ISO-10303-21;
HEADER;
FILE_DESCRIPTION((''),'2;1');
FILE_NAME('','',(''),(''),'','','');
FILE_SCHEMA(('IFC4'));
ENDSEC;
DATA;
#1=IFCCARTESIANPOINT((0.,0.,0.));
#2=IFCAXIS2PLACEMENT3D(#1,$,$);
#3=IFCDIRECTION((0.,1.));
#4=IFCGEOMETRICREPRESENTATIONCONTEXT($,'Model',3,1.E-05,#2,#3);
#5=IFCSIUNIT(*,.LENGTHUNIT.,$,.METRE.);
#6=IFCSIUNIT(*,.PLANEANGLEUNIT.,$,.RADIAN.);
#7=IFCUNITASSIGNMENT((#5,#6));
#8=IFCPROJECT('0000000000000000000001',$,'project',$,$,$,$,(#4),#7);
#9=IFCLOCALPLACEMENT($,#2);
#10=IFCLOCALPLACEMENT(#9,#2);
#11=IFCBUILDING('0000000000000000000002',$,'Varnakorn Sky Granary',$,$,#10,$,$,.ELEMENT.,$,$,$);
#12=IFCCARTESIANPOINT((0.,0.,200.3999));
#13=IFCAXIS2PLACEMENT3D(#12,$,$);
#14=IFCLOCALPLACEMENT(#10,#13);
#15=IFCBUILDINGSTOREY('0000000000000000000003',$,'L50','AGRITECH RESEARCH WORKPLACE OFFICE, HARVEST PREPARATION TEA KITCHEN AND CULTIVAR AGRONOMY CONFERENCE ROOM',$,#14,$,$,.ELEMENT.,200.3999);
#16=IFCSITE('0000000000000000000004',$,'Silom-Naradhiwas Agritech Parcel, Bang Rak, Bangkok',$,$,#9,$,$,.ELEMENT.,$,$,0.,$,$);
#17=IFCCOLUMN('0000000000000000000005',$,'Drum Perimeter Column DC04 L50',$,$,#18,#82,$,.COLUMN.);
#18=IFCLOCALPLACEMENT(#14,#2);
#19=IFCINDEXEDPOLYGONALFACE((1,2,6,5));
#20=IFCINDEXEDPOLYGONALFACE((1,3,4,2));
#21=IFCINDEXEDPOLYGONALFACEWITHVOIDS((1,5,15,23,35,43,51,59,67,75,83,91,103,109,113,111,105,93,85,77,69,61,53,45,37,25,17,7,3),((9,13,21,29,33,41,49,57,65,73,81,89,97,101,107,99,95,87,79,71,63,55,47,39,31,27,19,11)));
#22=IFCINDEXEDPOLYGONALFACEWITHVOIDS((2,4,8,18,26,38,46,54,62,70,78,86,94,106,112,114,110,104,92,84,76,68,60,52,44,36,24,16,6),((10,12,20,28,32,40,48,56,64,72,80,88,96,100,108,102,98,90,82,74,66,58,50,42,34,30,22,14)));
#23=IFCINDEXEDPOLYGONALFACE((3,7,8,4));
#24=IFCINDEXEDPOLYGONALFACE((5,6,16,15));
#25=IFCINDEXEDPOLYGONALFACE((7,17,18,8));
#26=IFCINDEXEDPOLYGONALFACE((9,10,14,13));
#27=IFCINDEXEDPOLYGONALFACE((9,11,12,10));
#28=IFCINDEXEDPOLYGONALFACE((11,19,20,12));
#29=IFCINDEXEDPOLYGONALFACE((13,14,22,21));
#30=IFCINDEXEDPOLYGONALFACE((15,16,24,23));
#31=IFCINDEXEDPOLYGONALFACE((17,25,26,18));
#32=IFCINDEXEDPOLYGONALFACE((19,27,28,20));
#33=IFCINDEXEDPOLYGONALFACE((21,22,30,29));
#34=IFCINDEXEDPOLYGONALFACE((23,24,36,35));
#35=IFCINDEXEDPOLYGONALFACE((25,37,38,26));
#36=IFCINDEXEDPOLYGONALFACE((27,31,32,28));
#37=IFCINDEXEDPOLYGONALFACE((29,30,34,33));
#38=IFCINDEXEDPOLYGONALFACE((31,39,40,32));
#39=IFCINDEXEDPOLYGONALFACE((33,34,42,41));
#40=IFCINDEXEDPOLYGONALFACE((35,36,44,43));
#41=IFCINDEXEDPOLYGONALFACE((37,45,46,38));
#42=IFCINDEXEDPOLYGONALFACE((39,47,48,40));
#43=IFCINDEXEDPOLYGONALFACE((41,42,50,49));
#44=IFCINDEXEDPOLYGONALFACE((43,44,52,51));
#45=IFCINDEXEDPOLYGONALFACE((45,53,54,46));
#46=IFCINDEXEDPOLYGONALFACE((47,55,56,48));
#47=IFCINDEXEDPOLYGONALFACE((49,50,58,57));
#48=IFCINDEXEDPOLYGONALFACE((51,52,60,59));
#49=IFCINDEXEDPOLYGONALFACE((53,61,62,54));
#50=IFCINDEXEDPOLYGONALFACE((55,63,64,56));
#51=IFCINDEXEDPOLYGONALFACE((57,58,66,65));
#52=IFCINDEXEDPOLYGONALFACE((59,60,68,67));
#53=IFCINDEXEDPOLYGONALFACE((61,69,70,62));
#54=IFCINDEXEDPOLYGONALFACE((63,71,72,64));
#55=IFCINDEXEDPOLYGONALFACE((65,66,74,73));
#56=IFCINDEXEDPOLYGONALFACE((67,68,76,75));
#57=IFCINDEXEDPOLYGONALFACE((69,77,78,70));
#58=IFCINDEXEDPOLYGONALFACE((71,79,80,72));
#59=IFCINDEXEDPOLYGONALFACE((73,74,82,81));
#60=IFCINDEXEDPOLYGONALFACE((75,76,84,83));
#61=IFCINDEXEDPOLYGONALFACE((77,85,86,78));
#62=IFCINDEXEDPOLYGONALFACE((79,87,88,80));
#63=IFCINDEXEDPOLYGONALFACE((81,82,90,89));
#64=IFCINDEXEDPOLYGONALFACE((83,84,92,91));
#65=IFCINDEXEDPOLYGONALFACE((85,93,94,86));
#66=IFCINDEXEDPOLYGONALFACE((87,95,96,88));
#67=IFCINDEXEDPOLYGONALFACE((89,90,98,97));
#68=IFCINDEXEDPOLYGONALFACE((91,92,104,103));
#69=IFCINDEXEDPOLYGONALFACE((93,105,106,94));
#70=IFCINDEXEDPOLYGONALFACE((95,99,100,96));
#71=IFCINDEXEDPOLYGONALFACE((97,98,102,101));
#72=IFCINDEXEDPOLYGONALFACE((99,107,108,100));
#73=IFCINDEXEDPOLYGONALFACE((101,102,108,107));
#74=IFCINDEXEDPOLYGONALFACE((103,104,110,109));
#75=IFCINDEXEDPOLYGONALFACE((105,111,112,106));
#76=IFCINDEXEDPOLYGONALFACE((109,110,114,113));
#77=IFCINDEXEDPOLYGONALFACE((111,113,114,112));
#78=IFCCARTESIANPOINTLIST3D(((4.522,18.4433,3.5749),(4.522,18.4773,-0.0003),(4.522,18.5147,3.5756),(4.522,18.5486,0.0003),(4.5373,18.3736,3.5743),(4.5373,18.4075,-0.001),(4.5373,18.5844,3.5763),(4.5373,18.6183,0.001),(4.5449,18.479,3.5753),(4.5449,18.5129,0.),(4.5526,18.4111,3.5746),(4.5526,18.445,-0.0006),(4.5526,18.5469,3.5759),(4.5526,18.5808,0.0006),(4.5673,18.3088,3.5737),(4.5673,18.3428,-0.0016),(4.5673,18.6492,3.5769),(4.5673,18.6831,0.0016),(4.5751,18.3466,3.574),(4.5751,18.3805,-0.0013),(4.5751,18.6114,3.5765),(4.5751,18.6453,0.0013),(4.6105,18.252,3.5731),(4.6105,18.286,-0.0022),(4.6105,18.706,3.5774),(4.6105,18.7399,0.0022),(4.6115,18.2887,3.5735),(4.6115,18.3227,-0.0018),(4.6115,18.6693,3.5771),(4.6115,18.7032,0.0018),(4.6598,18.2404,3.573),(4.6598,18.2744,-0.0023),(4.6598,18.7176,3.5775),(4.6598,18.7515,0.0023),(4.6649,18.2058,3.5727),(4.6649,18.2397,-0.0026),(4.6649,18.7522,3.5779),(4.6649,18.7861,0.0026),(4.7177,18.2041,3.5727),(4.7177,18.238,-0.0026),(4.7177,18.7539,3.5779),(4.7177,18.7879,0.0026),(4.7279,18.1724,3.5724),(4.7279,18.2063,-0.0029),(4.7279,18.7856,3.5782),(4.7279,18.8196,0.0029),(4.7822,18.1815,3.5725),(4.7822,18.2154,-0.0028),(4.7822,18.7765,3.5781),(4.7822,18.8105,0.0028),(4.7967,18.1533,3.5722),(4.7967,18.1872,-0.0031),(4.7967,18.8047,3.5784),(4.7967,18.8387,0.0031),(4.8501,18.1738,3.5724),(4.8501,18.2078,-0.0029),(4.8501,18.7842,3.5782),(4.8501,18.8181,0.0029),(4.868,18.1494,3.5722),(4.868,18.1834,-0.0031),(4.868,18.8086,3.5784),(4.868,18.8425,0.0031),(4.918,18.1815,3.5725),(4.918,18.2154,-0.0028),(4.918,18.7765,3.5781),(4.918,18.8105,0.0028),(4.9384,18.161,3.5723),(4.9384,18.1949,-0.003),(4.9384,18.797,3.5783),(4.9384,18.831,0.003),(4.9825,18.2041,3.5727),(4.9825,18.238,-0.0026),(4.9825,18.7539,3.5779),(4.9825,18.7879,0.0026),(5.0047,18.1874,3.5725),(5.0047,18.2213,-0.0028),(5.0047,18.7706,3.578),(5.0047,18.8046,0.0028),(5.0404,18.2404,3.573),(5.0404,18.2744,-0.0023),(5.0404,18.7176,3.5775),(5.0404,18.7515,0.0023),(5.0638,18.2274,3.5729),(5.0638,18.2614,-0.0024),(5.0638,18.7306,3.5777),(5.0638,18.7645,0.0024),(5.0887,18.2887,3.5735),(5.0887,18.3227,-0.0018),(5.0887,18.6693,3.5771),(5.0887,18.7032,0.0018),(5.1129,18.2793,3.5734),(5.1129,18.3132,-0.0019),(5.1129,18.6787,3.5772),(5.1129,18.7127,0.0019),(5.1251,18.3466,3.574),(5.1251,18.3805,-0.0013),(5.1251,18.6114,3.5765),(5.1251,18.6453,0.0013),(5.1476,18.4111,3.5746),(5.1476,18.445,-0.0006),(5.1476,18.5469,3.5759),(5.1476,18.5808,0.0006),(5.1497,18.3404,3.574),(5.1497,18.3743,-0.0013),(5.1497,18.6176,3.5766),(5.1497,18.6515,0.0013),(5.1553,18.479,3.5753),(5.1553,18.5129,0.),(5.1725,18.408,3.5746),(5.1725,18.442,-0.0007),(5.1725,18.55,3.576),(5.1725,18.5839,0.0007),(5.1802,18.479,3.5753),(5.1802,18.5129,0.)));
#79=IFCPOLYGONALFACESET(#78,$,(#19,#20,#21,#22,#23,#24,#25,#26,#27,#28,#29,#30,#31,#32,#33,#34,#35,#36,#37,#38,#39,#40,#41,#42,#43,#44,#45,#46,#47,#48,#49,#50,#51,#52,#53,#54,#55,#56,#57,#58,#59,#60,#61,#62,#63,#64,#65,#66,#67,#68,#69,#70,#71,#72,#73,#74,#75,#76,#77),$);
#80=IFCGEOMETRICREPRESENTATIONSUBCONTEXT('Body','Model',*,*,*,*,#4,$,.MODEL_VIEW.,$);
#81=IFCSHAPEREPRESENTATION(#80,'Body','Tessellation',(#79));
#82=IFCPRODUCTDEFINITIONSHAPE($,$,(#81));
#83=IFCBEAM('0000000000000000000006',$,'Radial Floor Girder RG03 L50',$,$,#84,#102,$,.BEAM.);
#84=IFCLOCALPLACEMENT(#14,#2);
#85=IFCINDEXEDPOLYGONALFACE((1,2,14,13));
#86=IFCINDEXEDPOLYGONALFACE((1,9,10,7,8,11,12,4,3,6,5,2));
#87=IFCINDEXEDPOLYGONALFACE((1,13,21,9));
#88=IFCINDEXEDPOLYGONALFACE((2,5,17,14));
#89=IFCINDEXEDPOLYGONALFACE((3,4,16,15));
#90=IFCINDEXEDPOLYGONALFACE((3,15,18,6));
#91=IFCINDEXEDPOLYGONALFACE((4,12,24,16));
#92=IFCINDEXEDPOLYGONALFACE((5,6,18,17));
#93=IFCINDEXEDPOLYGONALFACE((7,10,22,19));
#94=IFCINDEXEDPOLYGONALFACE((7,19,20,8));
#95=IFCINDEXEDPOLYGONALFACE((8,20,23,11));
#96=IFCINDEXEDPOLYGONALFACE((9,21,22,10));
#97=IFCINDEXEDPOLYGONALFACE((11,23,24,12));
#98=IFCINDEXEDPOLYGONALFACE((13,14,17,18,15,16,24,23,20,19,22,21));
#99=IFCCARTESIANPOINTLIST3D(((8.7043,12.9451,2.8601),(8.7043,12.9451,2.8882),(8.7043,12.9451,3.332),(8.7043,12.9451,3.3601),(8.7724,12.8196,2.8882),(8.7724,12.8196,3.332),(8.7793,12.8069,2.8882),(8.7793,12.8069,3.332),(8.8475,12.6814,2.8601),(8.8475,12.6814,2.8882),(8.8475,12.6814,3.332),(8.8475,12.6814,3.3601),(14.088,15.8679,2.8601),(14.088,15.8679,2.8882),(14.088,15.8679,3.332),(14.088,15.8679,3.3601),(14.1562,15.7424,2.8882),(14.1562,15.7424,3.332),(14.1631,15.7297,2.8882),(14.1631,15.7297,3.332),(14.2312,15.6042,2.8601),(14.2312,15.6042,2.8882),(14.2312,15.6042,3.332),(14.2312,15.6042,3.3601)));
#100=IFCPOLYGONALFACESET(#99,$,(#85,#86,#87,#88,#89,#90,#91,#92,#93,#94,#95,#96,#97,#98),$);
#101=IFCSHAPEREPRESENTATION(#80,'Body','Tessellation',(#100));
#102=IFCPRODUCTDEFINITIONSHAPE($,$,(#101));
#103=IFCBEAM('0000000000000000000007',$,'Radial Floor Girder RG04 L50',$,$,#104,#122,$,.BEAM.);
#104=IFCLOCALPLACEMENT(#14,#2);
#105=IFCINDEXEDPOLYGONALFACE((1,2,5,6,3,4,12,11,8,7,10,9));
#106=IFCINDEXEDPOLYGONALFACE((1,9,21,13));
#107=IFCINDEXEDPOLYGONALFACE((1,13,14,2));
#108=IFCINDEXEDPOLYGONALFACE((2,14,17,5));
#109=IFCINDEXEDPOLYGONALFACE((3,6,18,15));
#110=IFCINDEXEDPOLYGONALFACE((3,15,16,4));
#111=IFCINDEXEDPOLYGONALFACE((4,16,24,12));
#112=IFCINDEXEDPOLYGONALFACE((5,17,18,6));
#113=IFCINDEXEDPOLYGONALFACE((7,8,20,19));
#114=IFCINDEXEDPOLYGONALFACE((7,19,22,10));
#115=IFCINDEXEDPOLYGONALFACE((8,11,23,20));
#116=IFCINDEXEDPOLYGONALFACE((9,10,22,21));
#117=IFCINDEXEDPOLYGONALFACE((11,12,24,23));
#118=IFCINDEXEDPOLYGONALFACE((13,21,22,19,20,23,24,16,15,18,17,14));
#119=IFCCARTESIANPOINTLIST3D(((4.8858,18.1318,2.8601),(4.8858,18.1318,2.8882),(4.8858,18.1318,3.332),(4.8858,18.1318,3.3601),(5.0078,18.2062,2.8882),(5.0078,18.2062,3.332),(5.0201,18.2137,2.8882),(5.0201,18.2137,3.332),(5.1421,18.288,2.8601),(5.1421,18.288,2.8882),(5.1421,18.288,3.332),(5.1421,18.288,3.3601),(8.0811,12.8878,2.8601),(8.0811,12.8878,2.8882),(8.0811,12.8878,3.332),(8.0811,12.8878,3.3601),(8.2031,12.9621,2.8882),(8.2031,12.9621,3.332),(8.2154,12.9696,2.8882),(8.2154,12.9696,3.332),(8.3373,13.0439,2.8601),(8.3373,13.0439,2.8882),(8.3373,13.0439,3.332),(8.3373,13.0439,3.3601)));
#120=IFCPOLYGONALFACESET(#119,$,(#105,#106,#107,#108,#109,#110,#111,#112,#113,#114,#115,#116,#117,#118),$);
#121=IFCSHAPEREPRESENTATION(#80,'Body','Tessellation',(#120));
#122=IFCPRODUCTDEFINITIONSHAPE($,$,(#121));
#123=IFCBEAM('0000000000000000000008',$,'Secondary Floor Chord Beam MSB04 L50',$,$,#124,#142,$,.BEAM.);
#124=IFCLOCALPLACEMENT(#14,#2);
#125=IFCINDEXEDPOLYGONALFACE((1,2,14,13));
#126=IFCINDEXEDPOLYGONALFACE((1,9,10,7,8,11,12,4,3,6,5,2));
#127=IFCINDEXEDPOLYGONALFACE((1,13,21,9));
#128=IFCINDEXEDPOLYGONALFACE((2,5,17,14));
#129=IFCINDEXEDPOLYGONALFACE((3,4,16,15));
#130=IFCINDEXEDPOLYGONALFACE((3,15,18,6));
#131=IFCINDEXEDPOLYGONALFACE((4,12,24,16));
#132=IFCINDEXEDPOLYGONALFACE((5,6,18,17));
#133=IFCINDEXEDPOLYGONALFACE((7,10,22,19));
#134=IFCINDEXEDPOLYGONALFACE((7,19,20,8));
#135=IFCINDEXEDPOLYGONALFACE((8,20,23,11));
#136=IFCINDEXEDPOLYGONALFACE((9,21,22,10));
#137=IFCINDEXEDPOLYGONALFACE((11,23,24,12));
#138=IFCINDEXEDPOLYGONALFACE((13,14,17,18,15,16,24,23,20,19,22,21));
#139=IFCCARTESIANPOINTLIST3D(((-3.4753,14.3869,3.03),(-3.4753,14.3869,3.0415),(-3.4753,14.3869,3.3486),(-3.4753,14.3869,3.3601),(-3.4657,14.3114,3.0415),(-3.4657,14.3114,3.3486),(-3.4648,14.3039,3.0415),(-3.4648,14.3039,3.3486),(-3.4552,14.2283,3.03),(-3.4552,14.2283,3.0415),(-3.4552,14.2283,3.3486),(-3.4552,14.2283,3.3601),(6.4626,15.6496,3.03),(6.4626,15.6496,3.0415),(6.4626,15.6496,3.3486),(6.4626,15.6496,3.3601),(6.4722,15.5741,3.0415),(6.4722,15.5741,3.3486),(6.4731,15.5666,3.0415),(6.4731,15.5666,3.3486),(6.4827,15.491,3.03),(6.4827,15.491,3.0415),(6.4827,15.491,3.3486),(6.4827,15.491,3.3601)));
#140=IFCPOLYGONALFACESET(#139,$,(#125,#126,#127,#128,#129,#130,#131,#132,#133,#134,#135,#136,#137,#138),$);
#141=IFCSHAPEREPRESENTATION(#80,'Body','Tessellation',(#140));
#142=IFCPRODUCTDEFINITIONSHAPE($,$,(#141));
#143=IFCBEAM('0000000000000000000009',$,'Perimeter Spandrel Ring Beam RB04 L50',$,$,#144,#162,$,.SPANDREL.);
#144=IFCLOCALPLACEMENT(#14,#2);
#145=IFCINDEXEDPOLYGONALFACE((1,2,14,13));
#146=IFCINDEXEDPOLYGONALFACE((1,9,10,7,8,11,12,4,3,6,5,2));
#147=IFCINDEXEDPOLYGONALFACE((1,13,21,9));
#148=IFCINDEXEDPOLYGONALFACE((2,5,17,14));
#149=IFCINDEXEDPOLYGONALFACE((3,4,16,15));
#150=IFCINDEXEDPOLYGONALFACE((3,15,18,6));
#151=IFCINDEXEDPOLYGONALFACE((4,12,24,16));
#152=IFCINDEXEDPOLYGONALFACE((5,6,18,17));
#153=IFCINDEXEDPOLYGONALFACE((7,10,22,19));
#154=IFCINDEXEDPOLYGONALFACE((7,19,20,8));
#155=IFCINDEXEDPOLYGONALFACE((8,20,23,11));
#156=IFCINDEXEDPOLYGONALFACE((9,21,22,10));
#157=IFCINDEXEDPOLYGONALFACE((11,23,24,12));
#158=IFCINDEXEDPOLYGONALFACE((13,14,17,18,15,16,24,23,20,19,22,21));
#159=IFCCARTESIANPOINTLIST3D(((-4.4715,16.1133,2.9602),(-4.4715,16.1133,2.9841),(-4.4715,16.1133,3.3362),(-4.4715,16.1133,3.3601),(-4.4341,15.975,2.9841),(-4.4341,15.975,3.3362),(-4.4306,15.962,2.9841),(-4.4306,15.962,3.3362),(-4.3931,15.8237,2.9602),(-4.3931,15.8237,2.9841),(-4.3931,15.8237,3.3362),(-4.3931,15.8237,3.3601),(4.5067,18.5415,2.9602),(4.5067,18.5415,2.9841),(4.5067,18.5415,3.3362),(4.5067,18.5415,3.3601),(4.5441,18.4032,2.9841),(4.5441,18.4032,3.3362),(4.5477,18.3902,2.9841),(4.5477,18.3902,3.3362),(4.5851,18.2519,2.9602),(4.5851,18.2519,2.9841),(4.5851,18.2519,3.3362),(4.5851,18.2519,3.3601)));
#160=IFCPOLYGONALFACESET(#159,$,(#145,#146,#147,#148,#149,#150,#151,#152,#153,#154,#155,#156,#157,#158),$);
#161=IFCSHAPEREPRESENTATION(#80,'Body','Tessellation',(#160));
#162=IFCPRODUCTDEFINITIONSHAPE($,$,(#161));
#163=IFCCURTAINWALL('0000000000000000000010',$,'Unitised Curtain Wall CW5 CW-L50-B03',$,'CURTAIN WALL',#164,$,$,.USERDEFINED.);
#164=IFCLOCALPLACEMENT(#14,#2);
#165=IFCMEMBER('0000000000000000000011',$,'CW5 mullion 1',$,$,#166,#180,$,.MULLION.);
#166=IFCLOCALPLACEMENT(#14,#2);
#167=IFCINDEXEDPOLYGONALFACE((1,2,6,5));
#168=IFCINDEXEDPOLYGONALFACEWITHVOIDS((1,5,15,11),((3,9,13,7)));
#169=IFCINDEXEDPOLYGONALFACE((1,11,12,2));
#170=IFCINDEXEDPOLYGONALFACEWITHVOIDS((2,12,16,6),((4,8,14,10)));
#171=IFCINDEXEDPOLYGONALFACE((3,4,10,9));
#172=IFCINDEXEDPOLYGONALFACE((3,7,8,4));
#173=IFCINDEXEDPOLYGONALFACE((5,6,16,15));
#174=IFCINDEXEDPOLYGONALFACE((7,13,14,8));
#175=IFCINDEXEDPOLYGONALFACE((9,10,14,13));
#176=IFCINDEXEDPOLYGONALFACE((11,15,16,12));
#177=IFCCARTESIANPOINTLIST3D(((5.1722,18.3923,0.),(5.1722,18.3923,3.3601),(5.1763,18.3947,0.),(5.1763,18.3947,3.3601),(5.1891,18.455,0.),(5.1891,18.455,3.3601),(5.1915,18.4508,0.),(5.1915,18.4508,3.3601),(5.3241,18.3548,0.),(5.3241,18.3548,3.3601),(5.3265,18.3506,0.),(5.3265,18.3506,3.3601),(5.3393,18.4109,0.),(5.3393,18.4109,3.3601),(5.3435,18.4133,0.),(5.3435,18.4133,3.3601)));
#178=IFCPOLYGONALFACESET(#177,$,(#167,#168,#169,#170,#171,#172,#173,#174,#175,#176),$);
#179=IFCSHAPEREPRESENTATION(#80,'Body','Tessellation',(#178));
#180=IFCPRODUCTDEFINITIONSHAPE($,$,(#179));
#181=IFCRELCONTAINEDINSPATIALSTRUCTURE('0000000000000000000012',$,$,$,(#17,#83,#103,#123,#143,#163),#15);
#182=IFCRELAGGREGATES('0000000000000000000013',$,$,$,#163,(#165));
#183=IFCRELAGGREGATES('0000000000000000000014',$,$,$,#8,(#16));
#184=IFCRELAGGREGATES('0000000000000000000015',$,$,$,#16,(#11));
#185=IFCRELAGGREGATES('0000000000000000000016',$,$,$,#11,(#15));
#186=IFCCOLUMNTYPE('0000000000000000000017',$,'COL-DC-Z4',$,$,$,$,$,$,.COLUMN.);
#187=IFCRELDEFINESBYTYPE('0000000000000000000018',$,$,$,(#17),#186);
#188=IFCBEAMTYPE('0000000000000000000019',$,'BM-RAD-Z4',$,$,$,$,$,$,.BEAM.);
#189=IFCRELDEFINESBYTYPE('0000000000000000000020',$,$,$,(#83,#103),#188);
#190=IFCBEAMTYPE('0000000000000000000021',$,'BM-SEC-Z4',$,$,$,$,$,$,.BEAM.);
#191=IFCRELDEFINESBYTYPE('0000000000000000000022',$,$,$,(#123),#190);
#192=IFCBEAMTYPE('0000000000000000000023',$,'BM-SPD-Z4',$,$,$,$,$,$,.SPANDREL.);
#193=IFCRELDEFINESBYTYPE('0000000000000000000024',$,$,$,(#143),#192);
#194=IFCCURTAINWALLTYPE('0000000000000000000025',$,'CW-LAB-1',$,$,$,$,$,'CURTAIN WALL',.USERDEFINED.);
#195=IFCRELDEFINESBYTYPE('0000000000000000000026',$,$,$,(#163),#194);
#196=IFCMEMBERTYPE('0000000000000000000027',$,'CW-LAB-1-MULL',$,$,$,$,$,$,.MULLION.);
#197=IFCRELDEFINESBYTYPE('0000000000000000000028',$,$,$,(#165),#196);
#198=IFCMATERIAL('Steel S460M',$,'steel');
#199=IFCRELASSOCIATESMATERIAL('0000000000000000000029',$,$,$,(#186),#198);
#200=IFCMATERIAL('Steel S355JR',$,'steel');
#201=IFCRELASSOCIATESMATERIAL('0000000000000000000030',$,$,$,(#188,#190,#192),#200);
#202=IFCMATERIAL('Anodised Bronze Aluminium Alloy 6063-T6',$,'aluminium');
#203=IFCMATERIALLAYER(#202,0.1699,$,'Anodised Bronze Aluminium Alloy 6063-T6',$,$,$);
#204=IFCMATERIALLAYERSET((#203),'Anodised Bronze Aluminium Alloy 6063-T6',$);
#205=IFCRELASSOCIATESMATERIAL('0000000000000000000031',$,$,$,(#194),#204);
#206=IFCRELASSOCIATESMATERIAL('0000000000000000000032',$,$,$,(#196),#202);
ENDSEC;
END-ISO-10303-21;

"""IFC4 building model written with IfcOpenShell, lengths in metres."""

from ifc_helpers import new_model, si_unit, direction, frame, origin, origin_2d, place, context, subcontext, project, spatial, hollow_rectangle, hollow_circle, i_section, extrude, material, layer, layer_set, material_profile, profile_set, type_object, element, aggregate, save


model = new_model("IFC4")

# Units and contexts
model_context = context("Model", 3, precision=1e-05, world=origin(), true_north=direction((0.0, 1.0)))
body_context = subcontext(model_context, "Body", "Model", "MODEL_VIEW")
ifc_project = project(units=[si_unit("LENGTHUNIT", "METRE"), si_unit("PLANEANGLEUNIT", "RADIAN")], contexts=[model_context])

# Site, building, storey
site_placement = place(None, origin())
site = spatial("IfcSite", under=ifc_project, at=site_placement, Name="Silom-Naradhiwas Agritech Parcel, Bang Rak, Bangkok", CompositionType="ELEMENT", RefElevation=0.0)
building_placement = place(site_placement, origin())
building = spatial("IfcBuilding", under=site, at=building_placement, Name="Varnakorn Sky Granary", CompositionType="ELEMENT")
storey_placement = place(building_placement, frame((0.0, 0.0, 200.3999)))
storey = spatial("IfcBuildingStorey", under=building, at=storey_placement, Name="L50", Description="AGRITECH RESEARCH WORKPLACE OFFICE, HARVEST PREPARATION TEA KITCHEN AND CULTIVAR AGRONOMY CONFERENCE ROOM", CompositionType="ELEMENT", Elevation=200.3999)

# Column
ifc_material_1 = material(Name="Steel S460M", Category="steel")
ifc_material_profile_1 = material_profile(ifc_material_1, hollow_circle(Radius=0.3301, WallThickness=0.0249, at=origin_2d()), Name="CHS 660x25")
ifc_profile_set_1 = profile_set([ifc_material_profile_1], Name="Steel S460M")
column_type = type_object("IfcColumnType", Name="COL-DC-Z4", PredefinedType="COLUMN", material=ifc_profile_set_1)
column_placement = place(storey_placement, frame((4.8501, 18.5129, 0.0), z_axis=(0.0, -0.009492, 0.999955), x_axis=(1.0, 0.0, 0.0)))
element("IfcColumn", 1, at=column_placement, inside=storey, type_object=column_type, Name="Drum Perimeter Column DC04 L50", PredefinedType="COLUMN", context=body_context, shape_type="SweptSolid", body=[
    extrude(hollow_circle(Radius=0.3301, WallThickness=0.0249, at=origin_2d()), origin(), (0.0, 0.0, 1.0), 3.5754),
])

# Beams
ifc_material_2 = material(Name="Steel S355JR", Category="steel")
ifc_material_profile_2 = material_profile(ifc_material_2, i_section(OverallWidth=0.3, OverallDepth=0.5, WebThickness=0.0144, FlangeThickness=0.0281, at=origin_2d()), Name="HE 500 B")
ifc_profile_set_2 = profile_set([ifc_material_profile_2], Name="Steel S355JR")
beam_type_1 = type_object("IfcBeamType", Name="BM-RAD-Z4", PredefinedType="BEAM", material=ifc_profile_set_2)
beam_1_placement = place(storey_placement, frame((8.7759, 12.8132, 3.1101), z_axis=(0.878838, 0.47712, 0.0), x_axis=(-0.47712, 0.878838, 0.0)))
element("IfcBeam", 2, at=beam_1_placement, inside=storey, type_object=beam_type_1, Name="Radial Floor Girder RG03 L50", PredefinedType="BEAM", context=body_context, shape_type="SweptSolid", body=[
    extrude(i_section(OverallWidth=0.3, OverallDepth=0.5, WebThickness=0.0144, FlangeThickness=0.0281, at=origin_2d()), origin(), (0.0, 0.0, 1.0), 6.126),
])
beam_2_placement = place(storey_placement, frame((8.2092, 12.9658, 3.1101), z_axis=(-0.52033, 0.853965, 0.0), x_axis=(-0.853965, -0.52033, 0.0)))
element("IfcBeam", 3, at=beam_2_placement, inside=storey, type_object=beam_type_1, Name="Radial Floor Girder RG04 L50", PredefinedType="BEAM", context=body_context, shape_type="SweptSolid", body=[
    extrude(i_section(OverallWidth=0.3, OverallDepth=0.5, WebThickness=0.0144, FlangeThickness=0.0281, at=origin_2d()), origin(), (0.0, 0.0, 1.0), 6.1409),
])
ifc_material_profile_3 = material_profile(ifc_material_2, i_section(OverallWidth=0.1599, OverallDepth=0.3301, WebThickness=0.0076, FlangeThickness=0.0115, at=origin_2d()), Name="IPE 330")
ifc_profile_set_3 = profile_set([ifc_material_profile_3], Name="Steel S355JR")
beam_type_2 = type_object("IfcBeamType", Name="BM-SEC-Z4", PredefinedType="BEAM", material=ifc_profile_set_3)
beam_3_placement = place(storey_placement, frame((6.4727, 15.5703, 3.1951), z_axis=(-0.992025, -0.126044, 0.0), x_axis=(0.126044, -0.992025, 0.0)))
element("IfcBeam", 4, at=beam_3_placement, inside=storey, type_object=beam_type_2, Name="Secondary Floor Chord Beam MSB04 L50", PredefinedType="BEAM", context=body_context, shape_type="SweptSolid", body=[
    extrude(i_section(OverallWidth=0.1599, OverallDepth=0.3301, WebThickness=0.0076, FlangeThickness=0.0115, at=origin_2d()), origin(), (0.0, 0.0, 1.0), 10.0178),
])
ifc_material_profile_4 = material_profile(ifc_material_2, i_section(OverallWidth=0.3, OverallDepth=0.3999, WebThickness=0.0134, FlangeThickness=0.0239, at=origin_2d()), Name="HE 400 B")
ifc_profile_set_4 = profile_set([ifc_material_profile_4], Name="Steel S355JR")
beam_type_3 = type_object("IfcBeamType", Name="BM-SPD-Z4", PredefinedType="SPANDREL", material=ifc_profile_set_4)
beam_4_placement = place(storey_placement, frame((4.5459, 18.3967, 3.1602), z_axis=(-0.965318, -0.261076, 0.0), x_axis=(0.261076, -0.965318, 0.0)))
element("IfcBeam", 5, at=beam_4_placement, inside=storey, type_object=beam_type_3, Name="Perimeter Spandrel Ring Beam RB04 L50", PredefinedType="SPANDREL", context=body_context, shape_type="SweptSolid", body=[
    extrude(i_section(OverallWidth=0.3, OverallDepth=0.3999, WebThickness=0.0134, FlangeThickness=0.0239, at=origin_2d()), origin(), (0.0, 0.0, 1.0), 9.3008),
])

# Curtain wall, member
ifc_material_3 = material(Name="Anodised Bronze Aluminium Alloy 6063-T6", Category="aluminium")
ifc_layer_1 = layer(ifc_material_3, 0.1699, Name="Anodised Bronze Aluminium Alloy 6063-T6")
ifc_layer_set_1 = layer_set([ifc_layer_1], Name="Anodised Bronze Aluminium Alloy 6063-T6")
curtain_wall_type = type_object("IfcCurtainWallType", Name="CW-LAB-1", ElementType="CURTAIN WALL", PredefinedType="USERDEFINED", material=ifc_layer_set_1)
curtain_wall_1_placement = place(storey_placement, origin())
curtain_wall_1 = element("IfcCurtainWall", 6, at=curtain_wall_1_placement, inside=storey, type_object=curtain_wall_type, Name="Unitised Curtain Wall CW5 CW-L50-B03", ObjectType="CURTAIN WALL", PredefinedType="USERDEFINED")
ifc_material_profile_5 = material_profile(ifc_material_3, hollow_rectangle(XDim=0.0649, YDim=0.1599, WallThickness=0.0034, at=origin_2d()), Name="ALU MULL 65x160")
ifc_profile_set_5 = profile_set([ifc_material_profile_5], Name="Anodised Bronze Aluminium Alloy 6063-T6")
member_type_1 = type_object("IfcMemberType", Name="CW-LAB-1-MULL", PredefinedType="MULLION", material=ifc_profile_set_5)
member_1_placement = place(storey_placement, frame((5.2578, 18.4028, 0.0), z_axis=(0.0, 0.0, 1.0), x_axis=(0.260643, 0.965435, 0.0)))
member_1 = element("IfcMember", 7, at=member_1_placement, type_object=member_type_1, Name="CW5 mullion 1", PredefinedType="MULLION", context=body_context, shape_type="SweptSolid", body=[
    extrude(hollow_rectangle(XDim=0.0649, YDim=0.1599, WallThickness=0.0034, at=origin_2d()), origin(), (0.0, 0.0, 1.0), 3.3601),
])

aggregate(curtain_wall_1, [member_1])

save(model, "model.ifc")
